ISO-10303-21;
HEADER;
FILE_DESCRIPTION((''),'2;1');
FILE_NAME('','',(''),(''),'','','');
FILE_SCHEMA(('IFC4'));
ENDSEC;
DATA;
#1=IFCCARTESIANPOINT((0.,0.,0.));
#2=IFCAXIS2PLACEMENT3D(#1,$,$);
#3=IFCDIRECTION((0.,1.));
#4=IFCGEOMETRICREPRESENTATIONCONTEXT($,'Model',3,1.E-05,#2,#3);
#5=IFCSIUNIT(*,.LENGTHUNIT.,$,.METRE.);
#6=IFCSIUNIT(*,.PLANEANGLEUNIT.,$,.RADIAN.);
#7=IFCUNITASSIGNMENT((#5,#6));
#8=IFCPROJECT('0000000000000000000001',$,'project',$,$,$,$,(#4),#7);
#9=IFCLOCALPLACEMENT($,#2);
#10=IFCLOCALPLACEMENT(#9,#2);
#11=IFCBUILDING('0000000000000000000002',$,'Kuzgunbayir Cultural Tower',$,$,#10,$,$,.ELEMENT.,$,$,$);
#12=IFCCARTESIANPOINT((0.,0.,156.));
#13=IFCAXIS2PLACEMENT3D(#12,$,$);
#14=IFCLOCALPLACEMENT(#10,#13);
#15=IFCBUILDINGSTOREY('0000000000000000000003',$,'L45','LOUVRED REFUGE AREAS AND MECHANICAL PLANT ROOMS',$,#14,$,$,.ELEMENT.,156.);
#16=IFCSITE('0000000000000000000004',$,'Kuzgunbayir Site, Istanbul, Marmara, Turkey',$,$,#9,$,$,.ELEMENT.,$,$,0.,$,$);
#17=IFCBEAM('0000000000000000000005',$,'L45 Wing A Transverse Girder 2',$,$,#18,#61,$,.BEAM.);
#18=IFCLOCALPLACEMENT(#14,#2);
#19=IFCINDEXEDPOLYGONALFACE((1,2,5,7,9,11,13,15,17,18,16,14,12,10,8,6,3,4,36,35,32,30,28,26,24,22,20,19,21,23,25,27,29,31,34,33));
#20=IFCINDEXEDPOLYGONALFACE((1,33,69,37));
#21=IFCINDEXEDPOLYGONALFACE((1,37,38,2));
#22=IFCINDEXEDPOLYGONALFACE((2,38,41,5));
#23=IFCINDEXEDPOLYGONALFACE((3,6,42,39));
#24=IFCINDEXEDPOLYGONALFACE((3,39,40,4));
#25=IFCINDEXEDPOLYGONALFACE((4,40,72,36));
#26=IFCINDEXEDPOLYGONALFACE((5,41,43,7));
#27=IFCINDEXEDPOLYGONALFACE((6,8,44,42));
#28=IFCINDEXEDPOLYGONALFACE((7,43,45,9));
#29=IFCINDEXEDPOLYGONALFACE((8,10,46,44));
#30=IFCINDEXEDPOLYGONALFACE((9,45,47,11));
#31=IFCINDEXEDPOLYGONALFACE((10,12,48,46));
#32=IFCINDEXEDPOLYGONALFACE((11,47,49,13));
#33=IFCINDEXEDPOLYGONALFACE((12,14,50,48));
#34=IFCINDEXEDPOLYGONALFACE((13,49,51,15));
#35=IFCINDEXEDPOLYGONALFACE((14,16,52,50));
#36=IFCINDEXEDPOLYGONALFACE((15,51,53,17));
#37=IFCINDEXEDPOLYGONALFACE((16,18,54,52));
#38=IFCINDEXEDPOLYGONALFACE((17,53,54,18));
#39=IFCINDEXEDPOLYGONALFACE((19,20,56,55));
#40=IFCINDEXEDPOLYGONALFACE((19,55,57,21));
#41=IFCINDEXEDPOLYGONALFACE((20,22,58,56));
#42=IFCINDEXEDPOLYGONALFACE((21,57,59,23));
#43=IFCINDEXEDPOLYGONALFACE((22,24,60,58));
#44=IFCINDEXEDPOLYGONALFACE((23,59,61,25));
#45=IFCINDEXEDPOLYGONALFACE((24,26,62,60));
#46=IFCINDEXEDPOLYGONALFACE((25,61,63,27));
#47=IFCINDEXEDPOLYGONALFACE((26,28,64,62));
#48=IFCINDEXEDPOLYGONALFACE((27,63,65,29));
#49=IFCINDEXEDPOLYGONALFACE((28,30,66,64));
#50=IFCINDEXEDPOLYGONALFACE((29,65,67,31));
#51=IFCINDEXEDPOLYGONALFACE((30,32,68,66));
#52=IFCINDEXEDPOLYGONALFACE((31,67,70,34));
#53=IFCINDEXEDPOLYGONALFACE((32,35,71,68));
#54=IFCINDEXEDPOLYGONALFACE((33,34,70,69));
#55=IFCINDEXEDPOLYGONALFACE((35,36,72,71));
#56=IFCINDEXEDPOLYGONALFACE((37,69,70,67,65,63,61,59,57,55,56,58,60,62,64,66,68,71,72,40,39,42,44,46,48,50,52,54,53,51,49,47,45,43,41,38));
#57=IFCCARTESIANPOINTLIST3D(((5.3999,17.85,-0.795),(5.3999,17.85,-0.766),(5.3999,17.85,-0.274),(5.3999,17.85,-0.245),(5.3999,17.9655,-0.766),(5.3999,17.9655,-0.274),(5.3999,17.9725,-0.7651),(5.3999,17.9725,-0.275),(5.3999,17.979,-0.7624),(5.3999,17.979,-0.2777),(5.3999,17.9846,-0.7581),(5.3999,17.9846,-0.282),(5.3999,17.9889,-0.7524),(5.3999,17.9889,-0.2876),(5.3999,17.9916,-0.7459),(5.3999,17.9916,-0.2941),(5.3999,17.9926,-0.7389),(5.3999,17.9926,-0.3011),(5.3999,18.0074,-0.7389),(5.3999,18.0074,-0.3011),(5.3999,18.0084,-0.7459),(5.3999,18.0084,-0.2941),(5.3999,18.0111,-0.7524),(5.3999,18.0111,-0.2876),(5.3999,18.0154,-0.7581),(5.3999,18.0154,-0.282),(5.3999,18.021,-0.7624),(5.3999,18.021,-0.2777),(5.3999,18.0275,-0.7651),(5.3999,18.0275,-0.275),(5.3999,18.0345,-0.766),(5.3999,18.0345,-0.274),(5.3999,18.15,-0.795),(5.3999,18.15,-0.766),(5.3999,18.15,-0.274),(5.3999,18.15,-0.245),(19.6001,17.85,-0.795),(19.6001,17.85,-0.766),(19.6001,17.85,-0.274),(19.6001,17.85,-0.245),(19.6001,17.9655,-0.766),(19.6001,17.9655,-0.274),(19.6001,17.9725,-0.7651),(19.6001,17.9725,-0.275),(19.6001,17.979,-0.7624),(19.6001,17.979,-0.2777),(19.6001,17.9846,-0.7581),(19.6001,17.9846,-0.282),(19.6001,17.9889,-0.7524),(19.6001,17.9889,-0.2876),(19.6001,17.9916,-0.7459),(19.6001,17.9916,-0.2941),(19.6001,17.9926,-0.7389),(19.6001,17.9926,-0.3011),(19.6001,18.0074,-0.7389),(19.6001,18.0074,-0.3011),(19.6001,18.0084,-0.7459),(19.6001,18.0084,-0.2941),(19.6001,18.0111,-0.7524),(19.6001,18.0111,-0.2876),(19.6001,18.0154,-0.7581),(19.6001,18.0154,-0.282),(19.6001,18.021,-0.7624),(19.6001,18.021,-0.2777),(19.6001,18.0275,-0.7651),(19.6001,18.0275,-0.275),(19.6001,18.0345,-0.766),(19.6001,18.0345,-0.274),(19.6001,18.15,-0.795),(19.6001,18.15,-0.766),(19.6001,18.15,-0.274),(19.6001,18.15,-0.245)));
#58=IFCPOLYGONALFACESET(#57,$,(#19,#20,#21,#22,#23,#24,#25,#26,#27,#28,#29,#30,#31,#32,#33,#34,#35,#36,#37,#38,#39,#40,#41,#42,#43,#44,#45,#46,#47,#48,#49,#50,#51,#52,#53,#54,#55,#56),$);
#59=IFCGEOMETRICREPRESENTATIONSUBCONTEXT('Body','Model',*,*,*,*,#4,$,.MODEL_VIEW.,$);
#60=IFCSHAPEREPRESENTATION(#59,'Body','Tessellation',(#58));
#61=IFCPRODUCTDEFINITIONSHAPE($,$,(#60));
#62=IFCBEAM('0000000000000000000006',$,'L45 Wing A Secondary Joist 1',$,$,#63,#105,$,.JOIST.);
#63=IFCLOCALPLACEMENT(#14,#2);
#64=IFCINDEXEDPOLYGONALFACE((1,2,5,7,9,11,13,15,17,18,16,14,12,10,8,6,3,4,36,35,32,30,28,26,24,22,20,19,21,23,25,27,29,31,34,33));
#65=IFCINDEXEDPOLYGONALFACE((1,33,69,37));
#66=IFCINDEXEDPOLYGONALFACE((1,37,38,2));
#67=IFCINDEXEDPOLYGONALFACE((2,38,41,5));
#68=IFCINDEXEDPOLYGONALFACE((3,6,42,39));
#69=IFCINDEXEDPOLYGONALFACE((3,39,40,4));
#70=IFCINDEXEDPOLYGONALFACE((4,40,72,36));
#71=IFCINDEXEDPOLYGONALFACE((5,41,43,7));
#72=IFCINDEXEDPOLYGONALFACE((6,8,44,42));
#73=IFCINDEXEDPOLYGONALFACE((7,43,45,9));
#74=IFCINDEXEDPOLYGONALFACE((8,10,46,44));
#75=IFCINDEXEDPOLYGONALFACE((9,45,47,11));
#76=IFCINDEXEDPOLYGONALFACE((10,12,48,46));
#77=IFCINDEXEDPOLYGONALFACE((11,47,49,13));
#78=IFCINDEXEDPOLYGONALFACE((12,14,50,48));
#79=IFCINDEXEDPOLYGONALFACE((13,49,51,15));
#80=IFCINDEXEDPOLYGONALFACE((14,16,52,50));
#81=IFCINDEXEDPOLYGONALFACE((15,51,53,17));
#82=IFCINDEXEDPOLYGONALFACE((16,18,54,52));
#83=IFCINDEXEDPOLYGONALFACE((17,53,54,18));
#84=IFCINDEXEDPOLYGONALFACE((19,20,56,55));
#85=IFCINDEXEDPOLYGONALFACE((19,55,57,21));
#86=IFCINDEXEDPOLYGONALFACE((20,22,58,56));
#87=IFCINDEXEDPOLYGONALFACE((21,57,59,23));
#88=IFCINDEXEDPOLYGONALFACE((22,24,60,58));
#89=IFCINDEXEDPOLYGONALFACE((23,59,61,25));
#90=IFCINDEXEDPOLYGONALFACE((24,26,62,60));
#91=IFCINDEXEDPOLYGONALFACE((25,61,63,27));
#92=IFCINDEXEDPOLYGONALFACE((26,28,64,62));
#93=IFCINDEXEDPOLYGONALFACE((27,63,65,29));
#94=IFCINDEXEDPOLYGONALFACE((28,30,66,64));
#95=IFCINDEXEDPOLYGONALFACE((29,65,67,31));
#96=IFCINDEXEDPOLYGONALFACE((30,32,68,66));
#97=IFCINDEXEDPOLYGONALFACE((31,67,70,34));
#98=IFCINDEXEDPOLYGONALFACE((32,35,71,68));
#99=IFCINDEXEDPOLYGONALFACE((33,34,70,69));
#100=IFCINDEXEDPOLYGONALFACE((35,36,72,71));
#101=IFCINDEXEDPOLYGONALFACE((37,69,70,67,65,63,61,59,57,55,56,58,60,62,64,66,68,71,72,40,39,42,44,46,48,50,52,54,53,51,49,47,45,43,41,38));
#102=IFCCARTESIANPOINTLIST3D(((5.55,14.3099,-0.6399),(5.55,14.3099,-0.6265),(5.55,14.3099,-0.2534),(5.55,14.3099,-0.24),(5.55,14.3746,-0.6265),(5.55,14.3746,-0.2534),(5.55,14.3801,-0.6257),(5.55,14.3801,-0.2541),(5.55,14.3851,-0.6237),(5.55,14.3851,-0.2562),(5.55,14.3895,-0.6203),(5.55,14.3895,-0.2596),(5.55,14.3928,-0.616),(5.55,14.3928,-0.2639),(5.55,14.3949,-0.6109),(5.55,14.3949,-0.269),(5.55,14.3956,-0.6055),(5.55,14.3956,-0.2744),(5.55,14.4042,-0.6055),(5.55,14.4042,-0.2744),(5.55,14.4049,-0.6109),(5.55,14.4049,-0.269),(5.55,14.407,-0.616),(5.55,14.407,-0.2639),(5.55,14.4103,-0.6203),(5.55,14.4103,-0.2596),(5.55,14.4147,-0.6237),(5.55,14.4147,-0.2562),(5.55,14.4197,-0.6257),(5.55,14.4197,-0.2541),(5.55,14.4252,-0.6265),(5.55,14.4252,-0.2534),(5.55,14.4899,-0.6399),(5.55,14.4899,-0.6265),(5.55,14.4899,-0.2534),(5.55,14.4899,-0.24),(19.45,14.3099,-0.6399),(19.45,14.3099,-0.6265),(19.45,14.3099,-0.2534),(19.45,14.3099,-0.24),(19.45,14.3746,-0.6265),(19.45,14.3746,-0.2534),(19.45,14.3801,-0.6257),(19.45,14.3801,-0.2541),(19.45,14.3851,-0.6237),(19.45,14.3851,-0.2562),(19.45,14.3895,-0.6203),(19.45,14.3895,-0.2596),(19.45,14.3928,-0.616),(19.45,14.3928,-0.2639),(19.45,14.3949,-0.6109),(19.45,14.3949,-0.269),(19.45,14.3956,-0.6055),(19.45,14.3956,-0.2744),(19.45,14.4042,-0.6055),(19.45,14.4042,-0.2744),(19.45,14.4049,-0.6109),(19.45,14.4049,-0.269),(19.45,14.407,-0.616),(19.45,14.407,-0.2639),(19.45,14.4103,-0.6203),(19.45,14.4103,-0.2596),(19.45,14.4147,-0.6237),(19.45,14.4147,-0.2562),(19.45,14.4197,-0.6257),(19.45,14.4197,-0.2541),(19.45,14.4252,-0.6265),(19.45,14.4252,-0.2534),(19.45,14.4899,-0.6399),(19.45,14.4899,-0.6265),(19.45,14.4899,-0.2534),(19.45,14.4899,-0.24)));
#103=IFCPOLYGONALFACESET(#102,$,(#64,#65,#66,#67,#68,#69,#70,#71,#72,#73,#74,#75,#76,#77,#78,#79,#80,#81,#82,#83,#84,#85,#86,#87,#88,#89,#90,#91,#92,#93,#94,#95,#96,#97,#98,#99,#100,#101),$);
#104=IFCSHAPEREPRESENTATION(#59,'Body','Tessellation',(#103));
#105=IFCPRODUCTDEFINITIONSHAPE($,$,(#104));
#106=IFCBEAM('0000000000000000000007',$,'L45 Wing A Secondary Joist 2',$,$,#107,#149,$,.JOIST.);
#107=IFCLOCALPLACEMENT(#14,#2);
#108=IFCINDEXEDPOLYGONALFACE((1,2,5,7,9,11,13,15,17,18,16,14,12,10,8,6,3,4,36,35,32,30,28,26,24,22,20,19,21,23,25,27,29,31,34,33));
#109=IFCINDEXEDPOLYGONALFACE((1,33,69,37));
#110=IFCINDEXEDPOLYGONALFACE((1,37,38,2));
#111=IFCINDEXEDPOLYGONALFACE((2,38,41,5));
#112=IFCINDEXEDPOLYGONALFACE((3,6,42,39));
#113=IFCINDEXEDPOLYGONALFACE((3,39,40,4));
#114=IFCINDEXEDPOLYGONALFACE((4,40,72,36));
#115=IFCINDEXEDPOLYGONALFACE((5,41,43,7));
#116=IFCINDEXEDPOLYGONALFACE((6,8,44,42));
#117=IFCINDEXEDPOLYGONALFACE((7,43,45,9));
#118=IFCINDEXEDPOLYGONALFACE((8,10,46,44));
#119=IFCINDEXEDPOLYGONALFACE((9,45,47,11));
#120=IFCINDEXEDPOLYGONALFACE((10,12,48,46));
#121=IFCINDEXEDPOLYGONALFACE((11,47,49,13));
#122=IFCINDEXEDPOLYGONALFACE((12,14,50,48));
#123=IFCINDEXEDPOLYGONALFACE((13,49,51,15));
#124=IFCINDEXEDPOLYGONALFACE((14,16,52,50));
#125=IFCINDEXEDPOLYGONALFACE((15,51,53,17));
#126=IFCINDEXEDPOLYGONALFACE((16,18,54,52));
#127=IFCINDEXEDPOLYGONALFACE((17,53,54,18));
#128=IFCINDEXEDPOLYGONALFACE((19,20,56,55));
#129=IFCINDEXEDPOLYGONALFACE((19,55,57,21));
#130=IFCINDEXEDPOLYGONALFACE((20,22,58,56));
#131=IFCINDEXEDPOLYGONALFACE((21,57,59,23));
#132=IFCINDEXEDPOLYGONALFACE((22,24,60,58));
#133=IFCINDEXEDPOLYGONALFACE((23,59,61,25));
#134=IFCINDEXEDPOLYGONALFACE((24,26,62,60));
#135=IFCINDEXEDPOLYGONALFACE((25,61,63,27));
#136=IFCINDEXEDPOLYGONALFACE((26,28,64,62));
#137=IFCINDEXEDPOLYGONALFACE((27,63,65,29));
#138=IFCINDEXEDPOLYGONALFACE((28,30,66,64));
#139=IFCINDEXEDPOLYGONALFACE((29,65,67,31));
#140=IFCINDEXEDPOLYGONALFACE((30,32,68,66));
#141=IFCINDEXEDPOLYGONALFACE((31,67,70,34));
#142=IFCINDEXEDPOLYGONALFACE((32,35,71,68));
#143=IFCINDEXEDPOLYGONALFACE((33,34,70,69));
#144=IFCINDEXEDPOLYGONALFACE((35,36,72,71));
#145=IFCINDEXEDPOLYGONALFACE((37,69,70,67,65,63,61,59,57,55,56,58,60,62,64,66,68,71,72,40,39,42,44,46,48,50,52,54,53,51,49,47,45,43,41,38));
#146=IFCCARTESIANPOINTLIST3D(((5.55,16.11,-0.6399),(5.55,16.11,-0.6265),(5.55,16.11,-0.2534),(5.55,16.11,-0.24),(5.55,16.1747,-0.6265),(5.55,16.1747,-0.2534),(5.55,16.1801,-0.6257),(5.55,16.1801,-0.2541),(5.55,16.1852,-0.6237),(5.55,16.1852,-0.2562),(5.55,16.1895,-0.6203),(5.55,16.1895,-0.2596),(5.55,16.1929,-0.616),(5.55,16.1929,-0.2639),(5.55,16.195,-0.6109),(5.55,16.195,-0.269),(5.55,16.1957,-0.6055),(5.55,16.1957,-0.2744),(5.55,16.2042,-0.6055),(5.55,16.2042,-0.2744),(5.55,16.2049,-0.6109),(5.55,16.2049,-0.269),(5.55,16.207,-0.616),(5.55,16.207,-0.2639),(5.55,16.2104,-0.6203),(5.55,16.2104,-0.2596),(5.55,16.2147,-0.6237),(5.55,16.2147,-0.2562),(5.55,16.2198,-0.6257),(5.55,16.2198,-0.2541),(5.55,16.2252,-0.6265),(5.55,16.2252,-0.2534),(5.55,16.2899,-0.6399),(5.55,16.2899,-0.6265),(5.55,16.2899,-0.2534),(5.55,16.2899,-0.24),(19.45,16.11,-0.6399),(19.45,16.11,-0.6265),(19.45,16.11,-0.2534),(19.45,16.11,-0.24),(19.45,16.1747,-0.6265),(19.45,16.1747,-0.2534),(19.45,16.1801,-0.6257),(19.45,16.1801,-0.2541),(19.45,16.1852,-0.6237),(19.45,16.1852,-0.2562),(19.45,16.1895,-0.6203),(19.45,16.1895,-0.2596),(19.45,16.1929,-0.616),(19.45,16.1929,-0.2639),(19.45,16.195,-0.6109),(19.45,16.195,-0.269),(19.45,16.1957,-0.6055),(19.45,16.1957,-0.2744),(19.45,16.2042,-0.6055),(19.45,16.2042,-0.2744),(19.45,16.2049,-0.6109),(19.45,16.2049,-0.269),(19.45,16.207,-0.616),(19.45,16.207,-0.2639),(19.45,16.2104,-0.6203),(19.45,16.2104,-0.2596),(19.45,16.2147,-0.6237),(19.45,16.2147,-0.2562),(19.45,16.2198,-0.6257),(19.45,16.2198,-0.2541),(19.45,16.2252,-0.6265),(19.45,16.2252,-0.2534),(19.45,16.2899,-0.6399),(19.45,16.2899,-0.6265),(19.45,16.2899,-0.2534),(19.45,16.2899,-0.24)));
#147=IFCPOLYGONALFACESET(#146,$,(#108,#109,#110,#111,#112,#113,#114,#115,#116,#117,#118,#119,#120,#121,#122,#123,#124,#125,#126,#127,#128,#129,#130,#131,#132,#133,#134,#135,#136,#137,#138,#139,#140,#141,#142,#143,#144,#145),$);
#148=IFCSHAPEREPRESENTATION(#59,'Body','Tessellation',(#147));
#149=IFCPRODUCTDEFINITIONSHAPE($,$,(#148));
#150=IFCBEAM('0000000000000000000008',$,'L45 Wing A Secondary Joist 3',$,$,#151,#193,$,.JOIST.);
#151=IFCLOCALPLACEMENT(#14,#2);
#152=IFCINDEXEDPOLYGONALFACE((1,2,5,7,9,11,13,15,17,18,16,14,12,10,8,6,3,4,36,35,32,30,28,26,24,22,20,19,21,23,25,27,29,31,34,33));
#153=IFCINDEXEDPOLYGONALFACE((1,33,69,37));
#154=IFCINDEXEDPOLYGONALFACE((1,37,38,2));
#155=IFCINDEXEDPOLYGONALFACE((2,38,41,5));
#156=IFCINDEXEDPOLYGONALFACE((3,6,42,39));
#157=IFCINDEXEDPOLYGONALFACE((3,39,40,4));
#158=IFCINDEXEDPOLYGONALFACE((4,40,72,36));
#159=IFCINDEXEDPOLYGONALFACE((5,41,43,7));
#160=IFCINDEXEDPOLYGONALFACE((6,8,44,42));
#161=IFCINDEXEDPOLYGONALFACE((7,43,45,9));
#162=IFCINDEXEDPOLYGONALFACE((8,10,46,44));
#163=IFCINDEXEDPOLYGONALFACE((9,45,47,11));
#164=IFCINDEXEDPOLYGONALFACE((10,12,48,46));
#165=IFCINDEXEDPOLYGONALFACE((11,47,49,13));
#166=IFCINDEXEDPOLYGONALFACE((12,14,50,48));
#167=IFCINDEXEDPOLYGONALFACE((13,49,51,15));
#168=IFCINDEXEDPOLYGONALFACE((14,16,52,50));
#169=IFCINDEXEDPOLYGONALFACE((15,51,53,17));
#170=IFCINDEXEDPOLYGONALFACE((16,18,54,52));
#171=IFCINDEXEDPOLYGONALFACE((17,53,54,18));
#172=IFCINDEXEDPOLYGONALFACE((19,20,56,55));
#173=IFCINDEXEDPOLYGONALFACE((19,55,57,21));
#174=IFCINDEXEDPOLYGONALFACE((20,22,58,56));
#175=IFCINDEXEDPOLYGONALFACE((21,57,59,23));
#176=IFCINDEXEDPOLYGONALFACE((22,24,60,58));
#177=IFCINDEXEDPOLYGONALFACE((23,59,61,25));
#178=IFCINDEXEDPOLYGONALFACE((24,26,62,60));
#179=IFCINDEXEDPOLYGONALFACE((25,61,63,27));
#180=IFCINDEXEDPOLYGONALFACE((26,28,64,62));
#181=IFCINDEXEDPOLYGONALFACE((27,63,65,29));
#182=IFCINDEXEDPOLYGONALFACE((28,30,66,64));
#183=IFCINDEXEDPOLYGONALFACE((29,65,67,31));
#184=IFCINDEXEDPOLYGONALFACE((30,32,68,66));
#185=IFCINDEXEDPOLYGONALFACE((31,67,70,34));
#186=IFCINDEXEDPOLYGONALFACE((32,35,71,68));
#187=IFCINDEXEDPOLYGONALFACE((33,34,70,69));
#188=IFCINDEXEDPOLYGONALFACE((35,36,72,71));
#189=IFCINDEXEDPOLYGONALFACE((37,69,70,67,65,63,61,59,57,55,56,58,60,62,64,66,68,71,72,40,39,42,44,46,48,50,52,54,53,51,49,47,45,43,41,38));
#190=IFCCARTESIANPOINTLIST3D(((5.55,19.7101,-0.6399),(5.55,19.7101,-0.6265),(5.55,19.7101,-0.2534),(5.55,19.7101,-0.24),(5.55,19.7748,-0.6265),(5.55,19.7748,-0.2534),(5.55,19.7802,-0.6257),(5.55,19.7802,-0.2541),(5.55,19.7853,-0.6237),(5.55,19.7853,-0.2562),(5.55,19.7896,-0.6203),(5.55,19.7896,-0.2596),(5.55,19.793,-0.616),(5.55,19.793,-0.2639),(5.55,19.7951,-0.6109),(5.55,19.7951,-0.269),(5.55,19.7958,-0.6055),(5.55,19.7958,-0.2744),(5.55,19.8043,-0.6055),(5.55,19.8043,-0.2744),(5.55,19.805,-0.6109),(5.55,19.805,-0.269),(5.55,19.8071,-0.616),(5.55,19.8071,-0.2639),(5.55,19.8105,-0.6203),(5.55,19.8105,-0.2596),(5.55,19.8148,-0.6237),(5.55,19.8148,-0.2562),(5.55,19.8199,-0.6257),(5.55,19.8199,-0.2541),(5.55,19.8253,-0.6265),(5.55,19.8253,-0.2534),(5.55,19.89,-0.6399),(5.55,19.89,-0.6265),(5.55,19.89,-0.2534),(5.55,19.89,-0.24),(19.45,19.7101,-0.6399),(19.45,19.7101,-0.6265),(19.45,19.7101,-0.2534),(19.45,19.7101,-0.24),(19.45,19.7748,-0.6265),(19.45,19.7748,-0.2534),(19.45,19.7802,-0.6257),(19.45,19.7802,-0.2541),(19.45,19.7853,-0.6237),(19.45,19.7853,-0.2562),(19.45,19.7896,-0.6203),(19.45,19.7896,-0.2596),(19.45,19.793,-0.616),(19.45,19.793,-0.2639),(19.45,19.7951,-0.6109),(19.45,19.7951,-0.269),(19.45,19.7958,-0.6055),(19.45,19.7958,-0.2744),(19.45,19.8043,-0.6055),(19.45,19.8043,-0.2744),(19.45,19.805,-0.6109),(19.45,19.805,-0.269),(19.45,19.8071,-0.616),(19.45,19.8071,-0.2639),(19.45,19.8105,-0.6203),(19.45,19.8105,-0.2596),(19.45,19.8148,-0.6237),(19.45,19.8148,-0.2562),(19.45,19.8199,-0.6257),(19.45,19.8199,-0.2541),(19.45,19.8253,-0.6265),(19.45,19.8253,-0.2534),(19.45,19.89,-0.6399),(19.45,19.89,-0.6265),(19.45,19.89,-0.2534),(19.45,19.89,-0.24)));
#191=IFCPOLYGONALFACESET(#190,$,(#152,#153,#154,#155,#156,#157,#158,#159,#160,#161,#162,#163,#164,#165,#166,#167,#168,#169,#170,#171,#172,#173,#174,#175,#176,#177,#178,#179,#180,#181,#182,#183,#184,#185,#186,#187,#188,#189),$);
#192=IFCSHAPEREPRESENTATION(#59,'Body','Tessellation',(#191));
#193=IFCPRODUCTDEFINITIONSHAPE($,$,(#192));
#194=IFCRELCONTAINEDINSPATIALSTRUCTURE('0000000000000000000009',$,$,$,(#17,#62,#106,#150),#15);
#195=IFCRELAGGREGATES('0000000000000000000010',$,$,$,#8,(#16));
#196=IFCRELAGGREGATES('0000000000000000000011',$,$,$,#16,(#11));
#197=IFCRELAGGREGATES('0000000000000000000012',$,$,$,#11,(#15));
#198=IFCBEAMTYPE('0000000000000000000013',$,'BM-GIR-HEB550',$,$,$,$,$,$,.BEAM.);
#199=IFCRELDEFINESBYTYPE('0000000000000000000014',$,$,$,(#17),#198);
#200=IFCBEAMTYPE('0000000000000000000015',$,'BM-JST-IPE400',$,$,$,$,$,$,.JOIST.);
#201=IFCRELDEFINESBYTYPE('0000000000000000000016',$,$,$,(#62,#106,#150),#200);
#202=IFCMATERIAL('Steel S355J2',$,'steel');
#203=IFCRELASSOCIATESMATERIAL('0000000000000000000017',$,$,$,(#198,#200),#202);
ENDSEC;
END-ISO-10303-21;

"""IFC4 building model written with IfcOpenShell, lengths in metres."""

from ifc_helpers import new_model, si_unit, direction, frame, origin, origin_2d, place, context, subcontext, project, spatial, i_section, extrude, material, material_profile, profile_set, type_object, element, save


model = new_model("IFC4")

# Units and contexts
model_context = context("Model", 3, precision=1e-05, world=origin(), true_north=direction((0.0, 1.0)))
body_context = subcontext(model_context, "Body", "Model", "MODEL_VIEW")
ifc_project = project(units=[si_unit("LENGTHUNIT", "METRE"), si_unit("PLANEANGLEUNIT", "RADIAN")], contexts=[model_context])

# Site, building, storey
site_placement = place(None, origin())
site = spatial("IfcSite", under=ifc_project, at=site_placement, Name="Kuzgunbayir Site, Istanbul, Marmara, Turkey", CompositionType="ELEMENT", RefElevation=0.0)
building_placement = place(site_placement, origin())
building = spatial("IfcBuilding", under=site, at=building_placement, Name="Kuzgunbayir Cultural Tower", CompositionType="ELEMENT")
storey_placement = place(building_placement, frame((0.0, 0.0, 156.0)))
storey = spatial("IfcBuildingStorey", under=building, at=storey_placement, Name="L45", Description="LOUVRED REFUGE AREAS AND MECHANICAL PLANT ROOMS", CompositionType="ELEMENT", Elevation=156.0)

# Beams
ifc_material_1 = material(Name="Steel S355J2", Category="steel")
ifc_material_profile_1 = material_profile(ifc_material_1, i_section(OverallWidth=0.3, OverallDepth=0.55, WebThickness=0.0149, FlangeThickness=0.0291, FilletRadius=0.0271, at=origin_2d()), Name="HEB 550")
ifc_profile_set_1 = profile_set([ifc_material_profile_1], Name="Steel S355J2")
beam_type_1 = type_object("IfcBeamType", Name="BM-GIR-HEB550", PredefinedType="BEAM", material=ifc_profile_set_1)
for number, where, z_axis, x_axis, name in (
    (1, (5.3999, 18.0, -0.52), (1.0, 0.0, 0.0), (0.0, 1.0, 0.0), "L45 Wing A Transverse Girder 2"),
):
    element("IfcBeam", number, at=place(storey_placement, frame(where, z_axis=z_axis, x_axis=x_axis)), inside=storey, type_object=beam_type_1, Name=name, PredefinedType="BEAM", context=body_context, shape_type="SweptSolid", body=[
        extrude(i_section(OverallWidth=0.3, OverallDepth=0.55, WebThickness=0.0149, FlangeThickness=0.0291, FilletRadius=0.0271, at=origin_2d()), origin(), (0.0, 0.0, 1.0), 14.2002),
    ])
ifc_material_profile_2 = material_profile(ifc_material_1, i_section(OverallWidth=0.1799, OverallDepth=0.3999, WebThickness=0.0085, FlangeThickness=0.0134, FilletRadius=0.021, at=origin_2d()), Name="IPE 400")
ifc_profile_set_2 = profile_set([ifc_material_profile_2], Name="Steel S355J2")
beam_type_2 = type_object("IfcBeamType", Name="BM-JST-IPE400", PredefinedType="JOIST", material=ifc_profile_set_2)
for number, where, z_axis, x_axis, name in (
    (2, (5.55, 14.3999, -0.4399), (1.0, 0.0, 0.0), (0.0, 1.0, 0.0), "L45 Wing A Secondary Joist 1"),
    (3, (5.55, 16.2, -0.4399), (1.0, 0.0, 0.0), (0.0, 1.0, 0.0), "L45 Wing A Secondary Joist 2"),
    (4, (5.55, 19.8, -0.4399), (1.0, 0.0, 0.0), (0.0, 1.0, 0.0), "L45 Wing A Secondary Joist 3"),
):
    element("IfcBeam", number, at=place(storey_placement, frame(where, z_axis=z_axis, x_axis=x_axis)), inside=storey, type_object=beam_type_2, Name=name, PredefinedType="JOIST", context=body_context, shape_type="SweptSolid", body=[
        extrude(i_section(OverallWidth=0.1799, OverallDepth=0.3999, WebThickness=0.0085, FlangeThickness=0.0134, FilletRadius=0.021, at=origin_2d()), origin(), (0.0, 0.0, 1.0), 13.8999),
    ])

save(model, "model.ifc")
